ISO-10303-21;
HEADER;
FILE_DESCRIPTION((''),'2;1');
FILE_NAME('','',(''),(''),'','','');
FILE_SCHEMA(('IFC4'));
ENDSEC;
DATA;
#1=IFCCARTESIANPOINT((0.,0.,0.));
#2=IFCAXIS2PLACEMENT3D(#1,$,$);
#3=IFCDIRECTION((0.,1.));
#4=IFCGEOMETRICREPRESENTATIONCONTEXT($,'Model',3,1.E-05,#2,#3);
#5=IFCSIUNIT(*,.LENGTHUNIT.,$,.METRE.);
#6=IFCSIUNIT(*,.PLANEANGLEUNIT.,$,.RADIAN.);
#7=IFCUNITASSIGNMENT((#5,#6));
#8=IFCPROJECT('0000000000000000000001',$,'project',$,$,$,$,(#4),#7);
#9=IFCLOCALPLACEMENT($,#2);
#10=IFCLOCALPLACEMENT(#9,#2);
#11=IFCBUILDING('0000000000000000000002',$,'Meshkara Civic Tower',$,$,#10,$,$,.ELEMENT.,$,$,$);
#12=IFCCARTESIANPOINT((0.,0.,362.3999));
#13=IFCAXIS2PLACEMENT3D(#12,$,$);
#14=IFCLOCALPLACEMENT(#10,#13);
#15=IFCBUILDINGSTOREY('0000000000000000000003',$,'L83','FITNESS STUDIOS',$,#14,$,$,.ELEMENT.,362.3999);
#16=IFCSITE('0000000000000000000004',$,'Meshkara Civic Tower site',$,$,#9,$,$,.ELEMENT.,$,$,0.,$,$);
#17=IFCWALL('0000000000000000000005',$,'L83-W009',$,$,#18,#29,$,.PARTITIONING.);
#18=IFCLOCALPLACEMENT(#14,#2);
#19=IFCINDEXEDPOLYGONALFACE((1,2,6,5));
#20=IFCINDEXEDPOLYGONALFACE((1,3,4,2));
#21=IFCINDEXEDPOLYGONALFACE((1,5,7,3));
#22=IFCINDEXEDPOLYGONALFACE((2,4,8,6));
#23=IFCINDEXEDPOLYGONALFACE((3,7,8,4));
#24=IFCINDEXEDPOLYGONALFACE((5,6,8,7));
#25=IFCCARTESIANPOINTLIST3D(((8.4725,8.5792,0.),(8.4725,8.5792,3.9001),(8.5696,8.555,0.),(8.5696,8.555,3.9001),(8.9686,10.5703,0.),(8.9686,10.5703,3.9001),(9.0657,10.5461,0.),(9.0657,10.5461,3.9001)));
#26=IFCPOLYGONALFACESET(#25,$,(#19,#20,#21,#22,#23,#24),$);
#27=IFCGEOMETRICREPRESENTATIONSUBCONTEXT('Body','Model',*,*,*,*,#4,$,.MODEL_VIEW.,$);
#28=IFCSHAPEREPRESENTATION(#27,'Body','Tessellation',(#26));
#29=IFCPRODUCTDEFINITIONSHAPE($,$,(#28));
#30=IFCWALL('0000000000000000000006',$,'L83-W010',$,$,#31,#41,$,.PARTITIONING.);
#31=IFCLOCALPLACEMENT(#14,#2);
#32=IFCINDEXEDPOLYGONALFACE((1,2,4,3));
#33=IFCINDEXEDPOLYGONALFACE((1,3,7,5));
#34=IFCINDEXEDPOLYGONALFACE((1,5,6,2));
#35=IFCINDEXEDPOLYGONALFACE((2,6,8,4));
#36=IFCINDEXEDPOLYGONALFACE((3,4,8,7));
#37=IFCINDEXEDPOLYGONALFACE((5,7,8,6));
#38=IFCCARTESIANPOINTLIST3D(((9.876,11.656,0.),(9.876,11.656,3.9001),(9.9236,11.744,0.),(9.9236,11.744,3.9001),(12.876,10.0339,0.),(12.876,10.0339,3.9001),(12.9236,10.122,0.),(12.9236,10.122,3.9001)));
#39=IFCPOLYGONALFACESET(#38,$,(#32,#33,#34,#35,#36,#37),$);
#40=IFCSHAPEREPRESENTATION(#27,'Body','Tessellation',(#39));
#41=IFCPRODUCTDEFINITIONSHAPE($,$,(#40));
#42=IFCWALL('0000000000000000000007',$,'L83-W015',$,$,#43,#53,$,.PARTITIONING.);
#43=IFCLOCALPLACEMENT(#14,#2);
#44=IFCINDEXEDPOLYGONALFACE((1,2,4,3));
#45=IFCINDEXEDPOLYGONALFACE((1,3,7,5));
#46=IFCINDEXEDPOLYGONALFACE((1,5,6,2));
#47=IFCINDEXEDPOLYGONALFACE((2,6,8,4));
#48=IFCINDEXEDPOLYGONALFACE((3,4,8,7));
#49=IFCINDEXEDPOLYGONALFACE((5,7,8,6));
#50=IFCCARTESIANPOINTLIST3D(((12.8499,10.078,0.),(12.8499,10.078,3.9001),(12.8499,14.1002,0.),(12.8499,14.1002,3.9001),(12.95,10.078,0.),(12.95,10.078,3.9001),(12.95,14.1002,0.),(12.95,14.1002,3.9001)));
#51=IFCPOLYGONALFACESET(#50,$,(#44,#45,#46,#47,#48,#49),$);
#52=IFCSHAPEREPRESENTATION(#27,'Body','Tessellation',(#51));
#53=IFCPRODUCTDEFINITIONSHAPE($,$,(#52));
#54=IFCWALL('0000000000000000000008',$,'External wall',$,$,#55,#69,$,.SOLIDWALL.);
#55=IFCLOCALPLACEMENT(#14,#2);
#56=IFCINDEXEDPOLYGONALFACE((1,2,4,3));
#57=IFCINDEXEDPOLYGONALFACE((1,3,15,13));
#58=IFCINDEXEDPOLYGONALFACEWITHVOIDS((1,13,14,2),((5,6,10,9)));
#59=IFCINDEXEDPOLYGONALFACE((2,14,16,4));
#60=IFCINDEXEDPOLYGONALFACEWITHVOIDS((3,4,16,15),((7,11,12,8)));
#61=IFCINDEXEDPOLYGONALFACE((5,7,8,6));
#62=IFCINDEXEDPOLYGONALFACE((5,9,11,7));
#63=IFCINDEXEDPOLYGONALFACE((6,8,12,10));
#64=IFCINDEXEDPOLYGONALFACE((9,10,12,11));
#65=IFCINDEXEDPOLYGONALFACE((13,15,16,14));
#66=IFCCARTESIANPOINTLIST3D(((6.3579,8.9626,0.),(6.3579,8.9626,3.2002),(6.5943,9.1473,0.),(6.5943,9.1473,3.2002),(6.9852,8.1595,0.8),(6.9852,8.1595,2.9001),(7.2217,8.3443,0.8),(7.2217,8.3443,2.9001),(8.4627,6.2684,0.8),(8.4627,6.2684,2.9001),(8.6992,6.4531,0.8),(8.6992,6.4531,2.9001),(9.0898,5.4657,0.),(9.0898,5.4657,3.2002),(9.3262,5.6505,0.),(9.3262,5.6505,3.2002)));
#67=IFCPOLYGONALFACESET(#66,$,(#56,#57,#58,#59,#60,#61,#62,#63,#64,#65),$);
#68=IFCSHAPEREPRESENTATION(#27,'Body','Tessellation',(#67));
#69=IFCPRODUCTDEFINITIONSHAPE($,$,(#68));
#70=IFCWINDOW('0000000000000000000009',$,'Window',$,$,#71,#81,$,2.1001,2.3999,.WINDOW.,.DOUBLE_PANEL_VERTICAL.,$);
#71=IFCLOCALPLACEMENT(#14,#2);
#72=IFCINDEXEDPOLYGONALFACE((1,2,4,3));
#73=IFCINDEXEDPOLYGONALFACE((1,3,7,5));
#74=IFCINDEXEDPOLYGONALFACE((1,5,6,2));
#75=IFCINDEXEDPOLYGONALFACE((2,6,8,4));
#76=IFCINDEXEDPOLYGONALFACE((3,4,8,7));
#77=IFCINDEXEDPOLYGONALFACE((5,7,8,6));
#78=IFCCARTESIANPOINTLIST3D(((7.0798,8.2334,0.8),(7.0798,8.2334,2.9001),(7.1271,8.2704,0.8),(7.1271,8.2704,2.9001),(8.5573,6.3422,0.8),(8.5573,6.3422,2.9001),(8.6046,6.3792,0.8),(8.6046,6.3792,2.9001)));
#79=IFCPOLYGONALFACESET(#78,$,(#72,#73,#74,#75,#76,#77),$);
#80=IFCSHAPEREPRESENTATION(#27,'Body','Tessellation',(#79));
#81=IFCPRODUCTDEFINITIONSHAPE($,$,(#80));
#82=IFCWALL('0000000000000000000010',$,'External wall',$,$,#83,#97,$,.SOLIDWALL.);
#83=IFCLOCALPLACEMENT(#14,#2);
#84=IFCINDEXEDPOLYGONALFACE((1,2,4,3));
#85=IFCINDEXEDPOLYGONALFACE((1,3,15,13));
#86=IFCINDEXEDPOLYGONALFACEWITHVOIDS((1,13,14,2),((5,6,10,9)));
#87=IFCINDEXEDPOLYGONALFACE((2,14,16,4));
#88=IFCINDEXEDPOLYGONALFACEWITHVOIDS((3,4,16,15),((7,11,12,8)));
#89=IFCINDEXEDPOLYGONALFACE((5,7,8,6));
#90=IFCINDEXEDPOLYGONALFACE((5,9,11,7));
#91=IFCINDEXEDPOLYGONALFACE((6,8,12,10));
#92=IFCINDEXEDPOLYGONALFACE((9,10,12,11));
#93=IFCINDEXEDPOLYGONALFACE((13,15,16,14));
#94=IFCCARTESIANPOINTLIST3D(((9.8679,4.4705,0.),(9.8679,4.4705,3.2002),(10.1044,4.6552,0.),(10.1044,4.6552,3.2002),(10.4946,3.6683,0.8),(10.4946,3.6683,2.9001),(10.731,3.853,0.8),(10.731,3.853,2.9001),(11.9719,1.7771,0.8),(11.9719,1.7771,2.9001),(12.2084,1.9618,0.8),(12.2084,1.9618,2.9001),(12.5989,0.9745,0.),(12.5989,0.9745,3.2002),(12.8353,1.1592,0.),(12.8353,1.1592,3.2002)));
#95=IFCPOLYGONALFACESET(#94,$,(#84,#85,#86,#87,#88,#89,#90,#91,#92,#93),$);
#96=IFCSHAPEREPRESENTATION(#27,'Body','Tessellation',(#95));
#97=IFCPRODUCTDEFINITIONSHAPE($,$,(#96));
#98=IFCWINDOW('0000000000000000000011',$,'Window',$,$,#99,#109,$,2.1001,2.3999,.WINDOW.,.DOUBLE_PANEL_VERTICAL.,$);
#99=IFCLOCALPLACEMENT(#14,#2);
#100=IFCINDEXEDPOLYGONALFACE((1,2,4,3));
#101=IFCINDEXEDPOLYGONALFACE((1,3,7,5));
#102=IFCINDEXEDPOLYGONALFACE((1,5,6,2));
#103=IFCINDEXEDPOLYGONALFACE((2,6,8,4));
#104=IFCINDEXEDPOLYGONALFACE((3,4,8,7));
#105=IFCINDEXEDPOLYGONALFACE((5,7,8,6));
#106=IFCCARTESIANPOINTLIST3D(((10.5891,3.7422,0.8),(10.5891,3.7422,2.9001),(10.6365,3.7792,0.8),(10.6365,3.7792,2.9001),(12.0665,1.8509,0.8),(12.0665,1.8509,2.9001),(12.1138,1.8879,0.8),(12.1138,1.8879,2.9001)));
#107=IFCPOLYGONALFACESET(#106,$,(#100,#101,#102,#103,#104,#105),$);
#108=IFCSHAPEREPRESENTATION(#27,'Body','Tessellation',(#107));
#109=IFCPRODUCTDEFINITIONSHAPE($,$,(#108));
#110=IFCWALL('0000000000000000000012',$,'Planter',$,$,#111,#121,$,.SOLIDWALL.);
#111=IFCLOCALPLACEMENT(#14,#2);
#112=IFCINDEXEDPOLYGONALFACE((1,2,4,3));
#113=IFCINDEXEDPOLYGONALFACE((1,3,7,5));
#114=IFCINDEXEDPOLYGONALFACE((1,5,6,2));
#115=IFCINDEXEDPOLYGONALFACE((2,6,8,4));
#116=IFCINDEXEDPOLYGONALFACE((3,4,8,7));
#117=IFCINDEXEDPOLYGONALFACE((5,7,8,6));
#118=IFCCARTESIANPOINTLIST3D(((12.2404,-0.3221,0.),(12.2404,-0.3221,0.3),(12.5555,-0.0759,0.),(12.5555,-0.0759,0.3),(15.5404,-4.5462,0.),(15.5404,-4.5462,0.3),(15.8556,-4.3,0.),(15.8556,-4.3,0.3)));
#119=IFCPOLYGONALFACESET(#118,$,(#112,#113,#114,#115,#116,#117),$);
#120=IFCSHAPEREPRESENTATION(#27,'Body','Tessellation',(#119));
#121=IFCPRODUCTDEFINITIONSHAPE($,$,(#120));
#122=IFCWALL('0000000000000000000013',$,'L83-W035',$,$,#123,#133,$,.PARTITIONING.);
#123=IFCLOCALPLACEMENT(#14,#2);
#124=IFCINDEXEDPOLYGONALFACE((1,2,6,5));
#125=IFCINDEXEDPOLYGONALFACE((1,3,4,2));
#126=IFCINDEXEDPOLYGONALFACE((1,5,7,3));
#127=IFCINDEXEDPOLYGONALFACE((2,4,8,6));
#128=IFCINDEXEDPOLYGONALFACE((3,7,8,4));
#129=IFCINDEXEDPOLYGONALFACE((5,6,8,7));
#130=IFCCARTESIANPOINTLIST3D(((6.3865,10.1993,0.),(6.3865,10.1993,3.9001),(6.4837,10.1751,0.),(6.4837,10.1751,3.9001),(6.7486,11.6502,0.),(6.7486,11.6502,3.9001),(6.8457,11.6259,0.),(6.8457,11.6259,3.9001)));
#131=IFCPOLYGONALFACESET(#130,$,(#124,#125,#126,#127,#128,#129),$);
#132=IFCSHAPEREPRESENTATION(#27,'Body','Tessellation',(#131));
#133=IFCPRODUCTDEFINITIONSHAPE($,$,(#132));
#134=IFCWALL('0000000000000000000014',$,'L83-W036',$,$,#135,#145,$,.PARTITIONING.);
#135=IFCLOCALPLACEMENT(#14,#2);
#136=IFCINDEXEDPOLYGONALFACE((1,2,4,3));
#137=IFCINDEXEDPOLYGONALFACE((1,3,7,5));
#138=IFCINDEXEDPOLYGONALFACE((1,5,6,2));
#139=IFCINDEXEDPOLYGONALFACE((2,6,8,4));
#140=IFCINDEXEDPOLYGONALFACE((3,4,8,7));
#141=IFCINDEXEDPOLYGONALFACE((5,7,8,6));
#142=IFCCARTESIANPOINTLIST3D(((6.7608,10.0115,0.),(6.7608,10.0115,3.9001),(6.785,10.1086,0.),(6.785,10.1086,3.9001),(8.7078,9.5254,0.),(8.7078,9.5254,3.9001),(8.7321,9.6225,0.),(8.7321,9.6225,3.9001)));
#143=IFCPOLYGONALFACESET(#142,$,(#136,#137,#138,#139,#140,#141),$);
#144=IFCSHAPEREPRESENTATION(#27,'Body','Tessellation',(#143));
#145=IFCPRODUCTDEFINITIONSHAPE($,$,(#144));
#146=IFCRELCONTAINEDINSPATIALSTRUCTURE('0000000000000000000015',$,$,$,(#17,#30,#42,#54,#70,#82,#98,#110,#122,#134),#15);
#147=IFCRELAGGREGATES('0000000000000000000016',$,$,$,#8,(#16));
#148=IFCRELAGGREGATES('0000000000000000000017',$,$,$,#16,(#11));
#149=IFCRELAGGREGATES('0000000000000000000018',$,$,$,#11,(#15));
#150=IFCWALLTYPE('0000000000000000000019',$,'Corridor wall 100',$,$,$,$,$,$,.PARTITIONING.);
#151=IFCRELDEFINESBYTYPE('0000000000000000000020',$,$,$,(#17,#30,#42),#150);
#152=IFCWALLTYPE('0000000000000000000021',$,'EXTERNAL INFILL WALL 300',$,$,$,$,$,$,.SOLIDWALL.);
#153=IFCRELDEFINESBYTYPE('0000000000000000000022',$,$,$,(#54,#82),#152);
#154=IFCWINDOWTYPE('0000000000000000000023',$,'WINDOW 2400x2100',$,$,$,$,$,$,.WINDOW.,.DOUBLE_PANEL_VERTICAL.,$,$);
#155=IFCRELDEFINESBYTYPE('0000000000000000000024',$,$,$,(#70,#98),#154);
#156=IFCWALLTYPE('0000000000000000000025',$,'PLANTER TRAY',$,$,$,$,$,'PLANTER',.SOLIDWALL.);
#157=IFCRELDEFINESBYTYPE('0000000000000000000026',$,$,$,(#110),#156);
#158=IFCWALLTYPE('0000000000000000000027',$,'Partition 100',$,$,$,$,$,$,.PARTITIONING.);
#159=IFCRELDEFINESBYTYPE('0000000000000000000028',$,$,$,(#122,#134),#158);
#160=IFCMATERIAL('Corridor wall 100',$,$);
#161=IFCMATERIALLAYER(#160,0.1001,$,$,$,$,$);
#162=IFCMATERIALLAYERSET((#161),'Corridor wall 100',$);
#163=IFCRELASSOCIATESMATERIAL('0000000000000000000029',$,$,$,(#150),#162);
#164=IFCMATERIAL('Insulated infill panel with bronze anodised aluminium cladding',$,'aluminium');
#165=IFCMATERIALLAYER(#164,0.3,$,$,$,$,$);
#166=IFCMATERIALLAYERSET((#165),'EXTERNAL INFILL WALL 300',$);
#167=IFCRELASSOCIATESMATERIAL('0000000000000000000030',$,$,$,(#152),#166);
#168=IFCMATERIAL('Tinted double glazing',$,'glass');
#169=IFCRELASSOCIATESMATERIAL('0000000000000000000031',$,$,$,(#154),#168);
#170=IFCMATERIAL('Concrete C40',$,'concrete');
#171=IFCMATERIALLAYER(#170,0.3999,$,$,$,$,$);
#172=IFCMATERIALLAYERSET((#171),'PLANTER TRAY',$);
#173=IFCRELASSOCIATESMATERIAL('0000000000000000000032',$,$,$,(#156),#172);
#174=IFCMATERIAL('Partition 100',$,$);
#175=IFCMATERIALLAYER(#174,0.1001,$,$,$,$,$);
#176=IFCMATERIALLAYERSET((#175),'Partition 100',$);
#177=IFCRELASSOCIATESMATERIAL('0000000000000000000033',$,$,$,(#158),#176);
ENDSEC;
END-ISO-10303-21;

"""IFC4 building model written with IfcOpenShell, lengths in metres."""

from ifc_helpers import new_model, si_unit, direction, frame, frame_2d, origin, place, context, subcontext, project, spatial, rectangle, extrude, material, layer, layer_set, type_object, element, fill, save


model = new_model("IFC4")

# Units and contexts
model_context = context("Model", 3, precision=1e-05, world=origin(), true_north=direction((0.0, 1.0)))
body_context = subcontext(model_context, "Body", "Model", "MODEL_VIEW")
ifc_project = project(units=[si_unit("LENGTHUNIT", "METRE"), si_unit("PLANEANGLEUNIT", "RADIAN")], contexts=[model_context])

# Site, building, storey
site_placement = place(None, origin())
site = spatial("IfcSite", under=ifc_project, at=site_placement, Name="Meshkara Civic Tower site", CompositionType="ELEMENT", RefElevation=0.0)
building_placement = place(site_placement, origin())
building = spatial("IfcBuilding", under=site, at=building_placement, Name="Meshkara Civic Tower", CompositionType="ELEMENT")
storey_placement = place(building_placement, frame((0.0, 0.0, 362.3999)))
storey = spatial("IfcBuildingStorey", under=building, at=storey_placement, Name="L83", Description="FITNESS STUDIOS", CompositionType="ELEMENT", Elevation=362.3999)

# Shared definitions
ifc_material_1 = material(Name="Corridor wall 100")
ifc_layer_1 = layer(ifc_material_1, 0.1001)
ifc_layer_set_1 = layer_set([ifc_layer_1], Name="Corridor wall 100")
wall_type_1 = type_object("IfcWallType", Name="Corridor wall 100", PredefinedType="PARTITIONING", material=ifc_layer_set_1)

# Walls
wall_1_placement = place(storey_placement, frame((9.0171, 10.5581, 0.0), z_axis=(0.0, 0.0, 1.0), x_axis=(-0.241752, -0.970338, 0.0)))
element("IfcWall", 1, at=wall_1_placement, inside=storey, type_object=wall_type_1, Name="L83-W009", PredefinedType="PARTITIONING", context=body_context, shape_type="SweptSolid", body=[
    extrude(rectangle(XDim=2.052, YDim=0.1001, at=frame_2d((1.0259, 0.0))), origin(), (0.0, 0.0, 1.0), 3.9001),
])
wall_2_placement = place(storey_placement, frame((9.8999, 11.7, 0.0), z_axis=(0.0, 0.0, 1.0), x_axis=(0.879651, -0.475619, 0.0)))
element("IfcWall", 2, at=wall_2_placement, inside=storey, type_object=wall_type_1, Name="L83-W010", PredefinedType="PARTITIONING", context=body_context, shape_type="SweptSolid", body=[
    extrude(rectangle(XDim=3.4104, YDim=0.1001, at=frame_2d((1.7051, 0.0))), origin(), (0.0, 0.0, 1.0), 3.9001),
])
wall_3_placement = place(storey_placement, frame((12.8999, 10.0779, 0.0), z_axis=(0.0, 0.0, 1.0), x_axis=(0.0, 1.0, 0.0)))
element("IfcWall", 3, at=wall_3_placement, inside=storey, type_object=wall_type_1, Name="L83-W015", PredefinedType="PARTITIONING", context=body_context, shape_type="SweptSolid", body=[
    extrude(rectangle(XDim=4.0222, YDim=0.1001, at=frame_2d((2.0112, 0.0))), origin(), (0.0, 0.0, 1.0), 3.9001),
])

# Walls, openings, windows
ifc_material_2 = material(Name="Insulated infill panel with bronze anodised aluminium cladding", Category="aluminium")
ifc_layer_2 = layer(ifc_material_2, 0.3)
ifc_layer_set_2 = layer_set([ifc_layer_2], Name="EXTERNAL INFILL WALL 300")
wall_type_2 = type_object("IfcWallType", Name="EXTERNAL INFILL WALL 300", PredefinedType="SOLIDWALL", material=ifc_layer_set_2)
wall_4_placement = place(storey_placement, frame((6.4761, 9.0549, 0.0), z_axis=(0.0, 0.0, 1.0), x_axis=(0.615649, -0.78802, 0.0)))
wall_4 = element("IfcWall", 4, at=wall_4_placement, inside=storey, type_object=wall_type_2, Name="External wall", PredefinedType="SOLIDWALL", context=body_context, shape_type="SweptSolid", body=[
    extrude(rectangle(XDim=4.4375, YDim=0.3, at=frame_2d((2.2188, 0.0))), origin(), (0.0, 0.0, 1.0), 3.2002),
])
opening_1_placement = place(wall_4_placement, frame((1.019, 0.0, 0.8)))
opening_1 = element("IfcOpeningElement", 5, at=opening_1_placement, cuts=wall_4, PredefinedType="OPENING", context=body_context, shape_type="SweptSolid", body=[
    extrude(rectangle(XDim=2.3999, YDim=2.1001, at=frame_2d((1.2, 1.05))), frame((0.0, 0.1599, 0.0), z_axis=(0.0, -1.0, 0.0), x_axis=(1.0, 0.0, 0.0)), (0.0, 0.0, 1.0), 0.3201),
])
ifc_material_3 = material(Name="Tinted double glazing", Category="glass")
window_type = type_object("IfcWindowType", Name="WINDOW 2400x2100", PartitioningType="DOUBLE_PANEL_VERTICAL", PredefinedType="WINDOW", material=ifc_material_3)
window_1_placement = place(opening_1_placement, origin())
window_1 = element("IfcWindow", 6, at=window_1_placement, inside=storey, type_object=window_type, Name="Window", OverallHeight=2.1001, OverallWidth=2.3999, PartitioningType="DOUBLE_PANEL_VERTICAL", PredefinedType="WINDOW", context=body_context, shape_type="SweptSolid", body=[
    extrude(rectangle(XDim=2.3999, YDim=2.1001, at=frame_2d((1.2, 1.05))), frame((0.0, 0.03, 0.0), z_axis=(0.0, -1.0, 0.0), x_axis=(1.0, 0.0, 0.0)), (0.0, 0.0, 1.0), 0.0601),
])
fill(opening_1, window_1)
wall_5_placement = place(storey_placement, frame((9.9861, 4.563, 0.0), z_axis=(0.0, 0.0, 1.0), x_axis=(0.615593, -0.788064, 0.0)))
wall_5 = element("IfcWall", 7, at=wall_5_placement, inside=storey, type_object=wall_type_2, Name="External wall", PredefinedType="SOLIDWALL", context=body_context, shape_type="SweptSolid", body=[
    extrude(rectangle(XDim=4.4363, YDim=0.3, at=frame_2d((2.2183, 0.0))), origin(), (0.0, 0.0, 1.0), 3.2002),
])
opening_2_placement = place(wall_5_placement, frame((1.0181, 0.0, 0.8)))
opening_2 = element("IfcOpeningElement", 8, at=opening_2_placement, cuts=wall_5, PredefinedType="OPENING", context=body_context, shape_type="SweptSolid", body=[
    extrude(rectangle(XDim=2.3999, YDim=2.1001, at=frame_2d((1.2, 1.05))), frame((0.0, 0.1599, 0.0), z_axis=(0.0, -1.0, 0.0), x_axis=(1.0, 0.0, 0.0)), (0.0, 0.0, 1.0), 0.3201),
])
window_2_placement = place(opening_2_placement, origin())
window_2 = element("IfcWindow", 9, at=window_2_placement, inside=storey, type_object=window_type, Name="Window", OverallHeight=2.1001, OverallWidth=2.3999, PartitioningType="DOUBLE_PANEL_VERTICAL", PredefinedType="WINDOW", context=body_context, shape_type="SweptSolid", body=[
    extrude(rectangle(XDim=2.3999, YDim=2.1001, at=frame_2d((1.2, 1.05))), frame((0.0, 0.03, 0.0), z_axis=(0.0, -1.0, 0.0), x_axis=(1.0, 0.0, 0.0)), (0.0, 0.0, 1.0), 0.0601),
])
fill(opening_2, window_2)

# Walls
ifc_material_4 = material(Name="Concrete C40", Category="concrete")
ifc_layer_3 = layer(ifc_material_4, 0.3999)
ifc_layer_set_3 = layer_set([ifc_layer_3], Name="PLANTER TRAY")
wall_type_3 = type_object("IfcWallType", Name="PLANTER TRAY", ElementType="PLANTER", PredefinedType="SOLIDWALL", material=ifc_layer_set_3)
wall_6_placement = place(storey_placement, frame((12.3979, -0.199, 0.0), z_axis=(0.0, 0.0, 1.0), x_axis=(0.615639, -0.788029, 0.0)))
element("IfcWall", 10, at=wall_6_placement, inside=storey, type_object=wall_type_3, Name="Planter", PredefinedType="SOLIDWALL", context=body_context, shape_type="SweptSolid", body=[
    extrude(rectangle(XDim=5.3604, YDim=0.3999, at=frame_2d((2.6802, 0.0))), origin(), (0.0, 0.0, 1.0), 0.3),
])
ifc_material_5 = material(Name="Partition 100")
ifc_layer_4 = layer(ifc_material_5, 0.1001)
ifc_layer_set_4 = layer_set([ifc_layer_4], Name="Partition 100")
wall_type_4 = type_object("IfcWallType", Name="Partition 100", PredefinedType="PARTITIONING", material=ifc_layer_set_4)
wall_7_placement = place(storey_placement, frame((6.7971, 11.6379, 0.0), z_axis=(0.0, 0.0, 1.0), x_axis=(-0.242113, -0.970248, 0.0)))
element("IfcWall", 11, at=wall_7_placement, inside=storey, type_object=wall_type_4, Name="L83-W035", PredefinedType="PARTITIONING", context=body_context, shape_type="SweptSolid", body=[
    extrude(rectangle(XDim=1.4954, YDim=0.1001, at=frame_2d((0.7476, 0.0))), origin(), (0.0, 0.0, 1.0), 3.9001),
])
wall_8_placement = place(storey_placement, frame((8.72, 9.574, 0.0), z_axis=(0.0, 0.0, 1.0), x_axis=(-0.970221, 0.242221, 0.0)))
element("IfcWall", 12, at=wall_8_placement, inside=storey, type_object=wall_type_4, Name="L83-W036", PredefinedType="PARTITIONING", context=body_context, shape_type="SweptSolid", body=[
    extrude(rectangle(XDim=2.0068, YDim=0.1001, at=frame_2d((1.0034, 0.0))), origin(), (0.0, 0.0, 1.0), 3.9001),
])

save(model, "model.ifc")
